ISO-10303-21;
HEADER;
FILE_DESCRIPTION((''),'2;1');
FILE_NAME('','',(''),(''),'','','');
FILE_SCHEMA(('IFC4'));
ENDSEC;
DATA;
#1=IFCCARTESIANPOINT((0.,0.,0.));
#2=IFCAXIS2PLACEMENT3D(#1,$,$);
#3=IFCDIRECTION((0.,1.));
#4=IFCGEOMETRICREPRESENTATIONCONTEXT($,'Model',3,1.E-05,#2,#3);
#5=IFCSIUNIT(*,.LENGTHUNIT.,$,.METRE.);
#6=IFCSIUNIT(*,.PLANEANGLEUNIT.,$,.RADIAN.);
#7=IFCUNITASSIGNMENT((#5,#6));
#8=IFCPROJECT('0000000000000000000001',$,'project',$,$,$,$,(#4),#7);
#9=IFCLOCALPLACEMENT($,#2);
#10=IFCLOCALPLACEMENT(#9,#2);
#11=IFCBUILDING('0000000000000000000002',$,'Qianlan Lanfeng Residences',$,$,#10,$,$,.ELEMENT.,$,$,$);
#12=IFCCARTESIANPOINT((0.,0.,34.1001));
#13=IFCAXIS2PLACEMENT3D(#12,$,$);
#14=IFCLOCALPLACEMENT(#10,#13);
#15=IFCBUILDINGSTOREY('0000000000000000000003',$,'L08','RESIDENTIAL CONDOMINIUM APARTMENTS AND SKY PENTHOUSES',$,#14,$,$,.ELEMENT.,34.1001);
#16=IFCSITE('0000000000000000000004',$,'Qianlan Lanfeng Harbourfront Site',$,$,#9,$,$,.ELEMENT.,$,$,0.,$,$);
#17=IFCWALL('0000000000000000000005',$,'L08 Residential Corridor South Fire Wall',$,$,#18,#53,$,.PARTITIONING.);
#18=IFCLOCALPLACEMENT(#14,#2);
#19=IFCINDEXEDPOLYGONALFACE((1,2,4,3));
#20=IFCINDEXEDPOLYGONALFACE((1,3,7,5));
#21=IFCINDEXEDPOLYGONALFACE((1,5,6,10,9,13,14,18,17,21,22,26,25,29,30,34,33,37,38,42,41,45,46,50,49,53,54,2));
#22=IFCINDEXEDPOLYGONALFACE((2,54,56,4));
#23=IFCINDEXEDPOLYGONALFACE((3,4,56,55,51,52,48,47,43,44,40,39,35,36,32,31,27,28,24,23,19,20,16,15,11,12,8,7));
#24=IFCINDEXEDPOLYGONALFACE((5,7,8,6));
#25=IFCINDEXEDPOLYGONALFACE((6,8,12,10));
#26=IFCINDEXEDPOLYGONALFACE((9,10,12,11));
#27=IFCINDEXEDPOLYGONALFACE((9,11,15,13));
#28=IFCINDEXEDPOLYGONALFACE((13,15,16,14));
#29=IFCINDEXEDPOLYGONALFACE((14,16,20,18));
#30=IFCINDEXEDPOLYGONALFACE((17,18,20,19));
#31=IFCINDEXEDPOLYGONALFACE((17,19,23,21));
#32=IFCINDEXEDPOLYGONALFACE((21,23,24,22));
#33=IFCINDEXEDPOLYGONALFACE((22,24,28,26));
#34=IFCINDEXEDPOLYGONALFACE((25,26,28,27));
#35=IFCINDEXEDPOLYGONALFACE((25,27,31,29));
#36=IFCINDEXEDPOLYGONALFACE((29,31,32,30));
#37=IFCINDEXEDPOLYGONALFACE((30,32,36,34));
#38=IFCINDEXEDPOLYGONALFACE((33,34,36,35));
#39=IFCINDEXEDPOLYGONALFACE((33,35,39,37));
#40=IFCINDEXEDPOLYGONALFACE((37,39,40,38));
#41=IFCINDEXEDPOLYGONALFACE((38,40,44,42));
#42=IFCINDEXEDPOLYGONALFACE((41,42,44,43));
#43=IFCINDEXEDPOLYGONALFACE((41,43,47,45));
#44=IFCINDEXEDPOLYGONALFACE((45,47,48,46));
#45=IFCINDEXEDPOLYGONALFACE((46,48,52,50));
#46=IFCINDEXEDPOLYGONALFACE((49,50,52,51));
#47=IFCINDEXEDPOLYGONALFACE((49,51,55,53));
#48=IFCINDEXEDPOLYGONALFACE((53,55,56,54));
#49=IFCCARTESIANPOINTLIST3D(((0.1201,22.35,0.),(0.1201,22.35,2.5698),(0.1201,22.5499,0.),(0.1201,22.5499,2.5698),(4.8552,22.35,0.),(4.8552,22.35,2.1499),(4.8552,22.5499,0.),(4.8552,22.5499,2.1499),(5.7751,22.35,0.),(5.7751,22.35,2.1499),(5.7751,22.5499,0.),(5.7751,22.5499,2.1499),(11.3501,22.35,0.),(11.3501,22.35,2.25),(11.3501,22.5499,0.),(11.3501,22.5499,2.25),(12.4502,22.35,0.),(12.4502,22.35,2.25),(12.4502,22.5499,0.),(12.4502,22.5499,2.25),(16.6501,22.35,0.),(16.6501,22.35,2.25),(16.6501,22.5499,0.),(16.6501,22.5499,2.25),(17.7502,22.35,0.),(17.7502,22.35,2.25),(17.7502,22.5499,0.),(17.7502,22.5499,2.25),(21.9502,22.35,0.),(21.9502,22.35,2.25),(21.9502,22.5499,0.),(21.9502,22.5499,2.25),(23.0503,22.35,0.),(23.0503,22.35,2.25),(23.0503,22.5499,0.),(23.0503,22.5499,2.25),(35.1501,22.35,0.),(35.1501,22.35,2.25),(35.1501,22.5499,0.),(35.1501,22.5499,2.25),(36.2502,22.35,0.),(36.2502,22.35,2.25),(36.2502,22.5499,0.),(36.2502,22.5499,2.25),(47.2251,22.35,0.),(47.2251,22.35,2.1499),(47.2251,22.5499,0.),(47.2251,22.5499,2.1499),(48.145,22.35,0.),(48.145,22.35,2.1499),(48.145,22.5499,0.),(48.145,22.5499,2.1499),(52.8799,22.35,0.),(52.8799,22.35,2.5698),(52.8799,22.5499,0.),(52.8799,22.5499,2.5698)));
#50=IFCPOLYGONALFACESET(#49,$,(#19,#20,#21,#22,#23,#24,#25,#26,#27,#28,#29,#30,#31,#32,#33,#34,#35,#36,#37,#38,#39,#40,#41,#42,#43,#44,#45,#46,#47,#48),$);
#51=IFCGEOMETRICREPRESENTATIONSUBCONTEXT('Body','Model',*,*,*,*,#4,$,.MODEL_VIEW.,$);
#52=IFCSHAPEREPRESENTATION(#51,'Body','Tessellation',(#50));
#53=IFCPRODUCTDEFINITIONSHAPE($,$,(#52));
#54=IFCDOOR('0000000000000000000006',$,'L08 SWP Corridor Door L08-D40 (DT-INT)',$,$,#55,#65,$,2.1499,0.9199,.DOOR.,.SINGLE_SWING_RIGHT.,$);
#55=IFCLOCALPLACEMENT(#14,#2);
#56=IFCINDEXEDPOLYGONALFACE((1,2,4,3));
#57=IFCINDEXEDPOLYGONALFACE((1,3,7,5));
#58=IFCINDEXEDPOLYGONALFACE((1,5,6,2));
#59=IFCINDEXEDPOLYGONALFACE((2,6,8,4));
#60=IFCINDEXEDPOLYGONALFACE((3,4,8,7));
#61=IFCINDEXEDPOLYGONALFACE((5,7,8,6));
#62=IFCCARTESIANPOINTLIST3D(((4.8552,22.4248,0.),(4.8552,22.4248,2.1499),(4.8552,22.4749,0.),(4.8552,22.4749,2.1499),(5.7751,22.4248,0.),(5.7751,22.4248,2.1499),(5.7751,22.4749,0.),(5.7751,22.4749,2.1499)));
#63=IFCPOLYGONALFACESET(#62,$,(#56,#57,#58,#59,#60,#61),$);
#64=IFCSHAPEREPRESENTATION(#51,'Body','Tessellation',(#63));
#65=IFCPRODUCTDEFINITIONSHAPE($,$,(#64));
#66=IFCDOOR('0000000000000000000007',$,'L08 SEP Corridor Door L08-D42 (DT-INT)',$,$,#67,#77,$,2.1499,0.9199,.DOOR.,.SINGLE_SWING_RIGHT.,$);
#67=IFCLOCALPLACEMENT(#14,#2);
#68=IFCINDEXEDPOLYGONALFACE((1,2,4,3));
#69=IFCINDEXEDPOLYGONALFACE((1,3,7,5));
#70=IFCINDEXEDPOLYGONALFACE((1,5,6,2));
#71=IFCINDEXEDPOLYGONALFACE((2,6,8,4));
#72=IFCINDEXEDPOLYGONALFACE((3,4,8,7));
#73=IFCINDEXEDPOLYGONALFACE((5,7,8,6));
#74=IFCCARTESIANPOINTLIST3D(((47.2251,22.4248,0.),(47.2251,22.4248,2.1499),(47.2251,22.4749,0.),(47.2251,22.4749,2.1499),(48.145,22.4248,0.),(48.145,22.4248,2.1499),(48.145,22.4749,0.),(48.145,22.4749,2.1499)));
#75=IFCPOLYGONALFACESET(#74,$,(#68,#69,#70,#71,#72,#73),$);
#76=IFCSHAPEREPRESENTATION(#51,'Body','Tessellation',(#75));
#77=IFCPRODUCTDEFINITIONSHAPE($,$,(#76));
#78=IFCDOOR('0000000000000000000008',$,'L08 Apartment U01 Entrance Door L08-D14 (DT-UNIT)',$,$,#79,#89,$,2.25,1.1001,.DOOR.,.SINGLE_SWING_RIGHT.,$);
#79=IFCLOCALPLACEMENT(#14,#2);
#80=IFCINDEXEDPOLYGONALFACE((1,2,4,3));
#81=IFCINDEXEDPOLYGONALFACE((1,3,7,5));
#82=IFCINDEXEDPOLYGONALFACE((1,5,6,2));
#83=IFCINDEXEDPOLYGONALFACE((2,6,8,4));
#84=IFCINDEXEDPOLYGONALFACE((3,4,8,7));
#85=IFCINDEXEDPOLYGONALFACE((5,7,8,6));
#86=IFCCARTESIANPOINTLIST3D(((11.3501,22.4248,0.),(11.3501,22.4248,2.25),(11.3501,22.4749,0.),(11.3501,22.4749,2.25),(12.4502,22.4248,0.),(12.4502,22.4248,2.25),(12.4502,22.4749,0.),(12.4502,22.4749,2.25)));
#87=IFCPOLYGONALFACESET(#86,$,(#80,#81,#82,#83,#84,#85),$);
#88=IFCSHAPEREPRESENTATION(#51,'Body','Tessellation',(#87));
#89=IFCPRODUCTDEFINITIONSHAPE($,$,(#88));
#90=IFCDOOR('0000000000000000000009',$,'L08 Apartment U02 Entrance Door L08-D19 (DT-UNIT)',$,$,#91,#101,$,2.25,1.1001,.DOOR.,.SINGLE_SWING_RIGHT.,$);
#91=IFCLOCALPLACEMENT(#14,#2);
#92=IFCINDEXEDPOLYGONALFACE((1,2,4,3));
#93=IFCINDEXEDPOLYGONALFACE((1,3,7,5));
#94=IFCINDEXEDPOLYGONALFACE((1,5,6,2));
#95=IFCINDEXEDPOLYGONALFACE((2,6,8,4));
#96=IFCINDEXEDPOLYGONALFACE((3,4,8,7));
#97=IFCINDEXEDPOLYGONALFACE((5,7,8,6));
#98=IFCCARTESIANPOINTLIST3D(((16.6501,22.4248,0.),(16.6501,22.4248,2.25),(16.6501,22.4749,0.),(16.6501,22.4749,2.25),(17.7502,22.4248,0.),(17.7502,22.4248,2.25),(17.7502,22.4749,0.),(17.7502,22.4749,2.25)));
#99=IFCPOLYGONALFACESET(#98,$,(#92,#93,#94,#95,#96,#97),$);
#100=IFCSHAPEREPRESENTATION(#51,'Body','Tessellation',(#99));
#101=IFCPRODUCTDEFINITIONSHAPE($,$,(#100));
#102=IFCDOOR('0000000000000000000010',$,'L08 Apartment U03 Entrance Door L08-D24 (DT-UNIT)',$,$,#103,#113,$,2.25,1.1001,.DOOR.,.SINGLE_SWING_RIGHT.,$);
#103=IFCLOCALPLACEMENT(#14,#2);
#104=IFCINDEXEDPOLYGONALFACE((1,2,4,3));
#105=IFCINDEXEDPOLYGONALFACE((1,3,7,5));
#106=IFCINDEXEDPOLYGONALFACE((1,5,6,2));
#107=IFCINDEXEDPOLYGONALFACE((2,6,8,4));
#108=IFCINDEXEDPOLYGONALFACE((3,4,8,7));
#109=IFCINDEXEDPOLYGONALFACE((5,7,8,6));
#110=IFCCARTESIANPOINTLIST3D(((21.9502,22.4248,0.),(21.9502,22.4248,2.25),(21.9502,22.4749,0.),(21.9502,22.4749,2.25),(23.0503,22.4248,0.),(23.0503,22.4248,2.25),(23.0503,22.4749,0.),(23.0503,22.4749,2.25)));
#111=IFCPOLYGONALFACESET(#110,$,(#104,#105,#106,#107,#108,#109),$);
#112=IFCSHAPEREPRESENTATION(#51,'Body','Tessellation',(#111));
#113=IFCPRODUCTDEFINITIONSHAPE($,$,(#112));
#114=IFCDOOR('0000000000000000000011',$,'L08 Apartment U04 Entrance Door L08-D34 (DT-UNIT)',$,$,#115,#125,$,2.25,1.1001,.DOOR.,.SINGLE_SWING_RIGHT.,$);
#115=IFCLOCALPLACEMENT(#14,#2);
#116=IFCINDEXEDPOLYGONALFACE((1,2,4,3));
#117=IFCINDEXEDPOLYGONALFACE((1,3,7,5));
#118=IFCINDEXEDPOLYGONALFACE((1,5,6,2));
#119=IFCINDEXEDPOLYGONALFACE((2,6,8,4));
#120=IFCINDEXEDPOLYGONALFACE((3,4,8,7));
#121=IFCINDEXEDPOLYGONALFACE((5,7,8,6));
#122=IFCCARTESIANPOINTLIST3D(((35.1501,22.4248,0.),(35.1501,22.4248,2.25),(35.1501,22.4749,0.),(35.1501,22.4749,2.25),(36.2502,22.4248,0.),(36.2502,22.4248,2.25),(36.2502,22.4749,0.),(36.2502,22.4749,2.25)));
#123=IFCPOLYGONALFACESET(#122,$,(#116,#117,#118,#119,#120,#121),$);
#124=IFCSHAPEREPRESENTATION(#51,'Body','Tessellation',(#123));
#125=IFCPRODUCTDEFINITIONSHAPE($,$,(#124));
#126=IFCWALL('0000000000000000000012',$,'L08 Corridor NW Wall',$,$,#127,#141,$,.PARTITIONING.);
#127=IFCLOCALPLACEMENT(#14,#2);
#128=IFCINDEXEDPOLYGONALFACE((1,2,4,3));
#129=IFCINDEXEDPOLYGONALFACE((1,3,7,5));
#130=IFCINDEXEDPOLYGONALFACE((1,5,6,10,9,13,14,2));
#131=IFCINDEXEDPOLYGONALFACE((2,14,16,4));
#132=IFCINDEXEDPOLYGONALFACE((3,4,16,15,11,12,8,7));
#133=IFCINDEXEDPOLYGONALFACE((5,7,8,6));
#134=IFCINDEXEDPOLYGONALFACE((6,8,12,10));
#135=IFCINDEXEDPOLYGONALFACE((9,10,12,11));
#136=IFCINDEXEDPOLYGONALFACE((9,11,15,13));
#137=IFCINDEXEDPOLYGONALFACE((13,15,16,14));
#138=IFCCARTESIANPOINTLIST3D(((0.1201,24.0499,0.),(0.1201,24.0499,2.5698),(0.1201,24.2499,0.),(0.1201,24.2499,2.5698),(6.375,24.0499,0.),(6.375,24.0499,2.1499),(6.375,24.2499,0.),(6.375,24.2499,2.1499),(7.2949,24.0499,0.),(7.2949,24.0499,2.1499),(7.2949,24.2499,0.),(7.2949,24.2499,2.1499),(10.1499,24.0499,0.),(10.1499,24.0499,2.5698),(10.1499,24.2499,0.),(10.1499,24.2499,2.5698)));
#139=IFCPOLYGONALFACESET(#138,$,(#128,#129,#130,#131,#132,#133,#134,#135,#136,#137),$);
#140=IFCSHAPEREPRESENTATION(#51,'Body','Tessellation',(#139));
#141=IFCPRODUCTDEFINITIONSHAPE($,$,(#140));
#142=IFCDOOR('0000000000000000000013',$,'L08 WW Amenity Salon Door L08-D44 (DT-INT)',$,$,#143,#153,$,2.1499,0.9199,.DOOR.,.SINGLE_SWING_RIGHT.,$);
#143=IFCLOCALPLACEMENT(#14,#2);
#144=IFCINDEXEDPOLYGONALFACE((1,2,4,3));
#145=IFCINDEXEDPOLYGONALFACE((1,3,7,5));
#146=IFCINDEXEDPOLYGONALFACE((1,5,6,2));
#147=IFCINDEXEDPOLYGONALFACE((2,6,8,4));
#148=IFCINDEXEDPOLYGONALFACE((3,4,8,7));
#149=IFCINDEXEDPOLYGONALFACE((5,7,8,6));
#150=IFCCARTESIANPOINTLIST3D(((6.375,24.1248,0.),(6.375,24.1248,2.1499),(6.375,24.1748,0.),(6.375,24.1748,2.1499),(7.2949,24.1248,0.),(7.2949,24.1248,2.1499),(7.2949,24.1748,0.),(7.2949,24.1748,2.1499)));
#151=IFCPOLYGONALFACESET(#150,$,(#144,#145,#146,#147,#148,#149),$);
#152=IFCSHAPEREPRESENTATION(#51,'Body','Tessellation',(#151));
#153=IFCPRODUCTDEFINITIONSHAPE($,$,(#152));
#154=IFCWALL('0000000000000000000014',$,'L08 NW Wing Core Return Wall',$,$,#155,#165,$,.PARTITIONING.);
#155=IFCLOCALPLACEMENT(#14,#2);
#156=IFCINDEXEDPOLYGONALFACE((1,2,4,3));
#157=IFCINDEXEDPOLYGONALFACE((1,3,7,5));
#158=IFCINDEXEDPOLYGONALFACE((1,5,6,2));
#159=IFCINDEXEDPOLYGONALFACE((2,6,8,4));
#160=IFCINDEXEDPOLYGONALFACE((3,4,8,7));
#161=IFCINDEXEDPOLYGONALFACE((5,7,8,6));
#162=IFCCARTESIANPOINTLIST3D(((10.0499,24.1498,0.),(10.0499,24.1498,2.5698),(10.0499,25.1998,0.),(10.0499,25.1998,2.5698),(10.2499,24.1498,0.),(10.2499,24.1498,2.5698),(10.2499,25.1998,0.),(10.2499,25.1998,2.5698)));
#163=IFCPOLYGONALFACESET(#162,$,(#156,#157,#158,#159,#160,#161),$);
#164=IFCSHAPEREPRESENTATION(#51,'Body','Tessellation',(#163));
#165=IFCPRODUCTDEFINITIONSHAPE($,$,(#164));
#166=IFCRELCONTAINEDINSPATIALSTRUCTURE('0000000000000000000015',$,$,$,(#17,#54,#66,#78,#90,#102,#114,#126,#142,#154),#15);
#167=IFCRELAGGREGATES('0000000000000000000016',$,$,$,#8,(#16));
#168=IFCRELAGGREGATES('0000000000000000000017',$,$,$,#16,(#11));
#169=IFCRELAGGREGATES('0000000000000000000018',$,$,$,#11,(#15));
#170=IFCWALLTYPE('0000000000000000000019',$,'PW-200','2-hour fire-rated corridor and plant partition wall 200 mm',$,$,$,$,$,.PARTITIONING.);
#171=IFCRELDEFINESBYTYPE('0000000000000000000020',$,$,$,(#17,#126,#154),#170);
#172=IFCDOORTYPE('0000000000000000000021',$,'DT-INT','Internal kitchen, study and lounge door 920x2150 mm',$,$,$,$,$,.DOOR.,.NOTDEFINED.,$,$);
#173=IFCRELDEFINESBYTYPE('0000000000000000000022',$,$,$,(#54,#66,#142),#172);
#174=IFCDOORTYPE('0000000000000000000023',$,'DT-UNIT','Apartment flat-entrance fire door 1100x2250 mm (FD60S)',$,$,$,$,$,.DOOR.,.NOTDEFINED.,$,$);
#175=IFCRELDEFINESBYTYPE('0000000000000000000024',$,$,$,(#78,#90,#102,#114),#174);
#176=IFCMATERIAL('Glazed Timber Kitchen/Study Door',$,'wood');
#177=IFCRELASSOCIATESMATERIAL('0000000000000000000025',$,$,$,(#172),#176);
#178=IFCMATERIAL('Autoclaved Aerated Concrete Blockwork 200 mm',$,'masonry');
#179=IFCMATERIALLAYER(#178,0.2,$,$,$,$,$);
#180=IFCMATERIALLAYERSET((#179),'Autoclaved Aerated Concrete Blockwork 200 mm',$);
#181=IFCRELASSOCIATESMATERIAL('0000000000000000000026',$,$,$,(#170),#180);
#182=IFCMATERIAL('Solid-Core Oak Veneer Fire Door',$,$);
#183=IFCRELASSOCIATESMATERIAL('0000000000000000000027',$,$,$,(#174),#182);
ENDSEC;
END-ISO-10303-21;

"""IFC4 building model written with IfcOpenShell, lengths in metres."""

from ifc_helpers import new_model, si_unit, direction, frame, frame_2d, origin, place, context, subcontext, project, spatial, rectangle, extrude, material, layer, layer_set, type_object, element, fill, save


model = new_model("IFC4")

# Units and contexts
model_context = context("Model", 3, precision=1e-05, world=origin(), true_north=direction((0.0, 1.0)))
body_context = subcontext(model_context, "Body", "Model", "MODEL_VIEW")
ifc_project = project(units=[si_unit("LENGTHUNIT", "METRE"), si_unit("PLANEANGLEUNIT", "RADIAN")], contexts=[model_context])

# Site, building, storey
site_placement = place(None, origin())
site = spatial("IfcSite", under=ifc_project, at=site_placement, Name="Qianlan Lanfeng Harbourfront Site", CompositionType="ELEMENT", RefElevation=0.0)
building_placement = place(site_placement, origin())
building = spatial("IfcBuilding", under=site, at=building_placement, Name="Qianlan Lanfeng Residences", CompositionType="ELEMENT")
storey_placement = place(building_placement, frame((0.0, 0.0, 34.1001)))
storey = spatial("IfcBuildingStorey", under=building, at=storey_placement, Name="L08", Description="RESIDENTIAL CONDOMINIUM APARTMENTS AND SKY PENTHOUSES", CompositionType="ELEMENT", Elevation=34.1001)

# Shared definitions
ifc_material_1 = material(Name="Glazed Timber Kitchen/Study Door", Category="wood")
door_type_1 = type_object("IfcDoorType", Name="DT-INT", Description="Internal kitchen, study and lounge door 920x2150 mm", OperationType="NOTDEFINED", PredefinedType="DOOR", material=ifc_material_1)

# Wall, openings, doors
ifc_material_2 = material(Name="Autoclaved Aerated Concrete Blockwork 200 mm", Category="masonry")
ifc_layer_1 = layer(ifc_material_2, 0.2)
ifc_layer_set_1 = layer_set([ifc_layer_1], Name="Autoclaved Aerated Concrete Blockwork 200 mm")
wall_type_1 = type_object("IfcWallType", Name="PW-200", Description="2-hour fire-rated corridor and plant partition wall 200 mm", PredefinedType="PARTITIONING", material=ifc_layer_set_1)
wall_1_placement = place(storey_placement, frame((0.1201, 22.45, 0.0), z_axis=(0.0, 0.0, 1.0), x_axis=(1.0, 0.0, 0.0)))
wall_1 = element("IfcWall", 1, at=wall_1_placement, inside=storey, type_object=wall_type_1, Name="L08 Residential Corridor South Fire Wall", PredefinedType="PARTITIONING", context=body_context, shape_type="SweptSolid", body=[
    extrude(rectangle(XDim=52.7598, YDim=0.2, at=frame_2d((26.3799, 0.0))), origin(), (0.0, 0.0, 1.0), 2.5698),
])
opening_1_placement = place(wall_1_placement, frame((11.23, 0.0, 0.0)))
opening_1 = element("IfcOpeningElement", 2, at=opening_1_placement, cuts=wall_1, PredefinedType="OPENING", context=body_context, shape_type="SweptSolid", body=[
    extrude(rectangle(XDim=1.1001, YDim=2.25, at=frame_2d((0.55, 1.125))), frame((0.0, 0.1099, 0.0), z_axis=(0.0, -1.0, 0.0), x_axis=(1.0, 0.0, 0.0)), (0.0, 0.0, 1.0), 0.22),
])
opening_2_placement = place(wall_1_placement, frame((16.53, 0.0, 0.0)))
opening_2 = element("IfcOpeningElement", 3, at=opening_2_placement, cuts=wall_1, PredefinedType="OPENING", context=body_context, shape_type="SweptSolid", body=[
    extrude(rectangle(XDim=1.1001, YDim=2.25, at=frame_2d((0.55, 1.125))), frame((0.0, 0.1099, 0.0), z_axis=(0.0, -1.0, 0.0), x_axis=(1.0, 0.0, 0.0)), (0.0, 0.0, 1.0), 0.22),
])
opening_3_placement = place(wall_1_placement, frame((21.8301, 0.0, 0.0)))
opening_3 = element("IfcOpeningElement", 4, at=opening_3_placement, cuts=wall_1, PredefinedType="OPENING", context=body_context, shape_type="SweptSolid", body=[
    extrude(rectangle(XDim=1.1001, YDim=2.25, at=frame_2d((0.55, 1.125))), frame((0.0, 0.1099, 0.0), z_axis=(0.0, -1.0, 0.0), x_axis=(1.0, 0.0, 0.0)), (0.0, 0.0, 1.0), 0.22),
])
opening_4_placement = place(wall_1_placement, frame((35.03, 0.0, 0.0)))
opening_4 = element("IfcOpeningElement", 5, at=opening_4_placement, cuts=wall_1, PredefinedType="OPENING", context=body_context, shape_type="SweptSolid", body=[
    extrude(rectangle(XDim=1.1001, YDim=2.25, at=frame_2d((0.55, 1.125))), frame((0.0, 0.1099, 0.0), z_axis=(0.0, -1.0, 0.0), x_axis=(1.0, 0.0, 0.0)), (0.0, 0.0, 1.0), 0.22),
])
opening_5_placement = place(wall_1_placement, frame((4.7351, 0.0, 0.0)))
opening_5 = element("IfcOpeningElement", 6, at=opening_5_placement, cuts=wall_1, PredefinedType="OPENING", context=body_context, shape_type="SweptSolid", body=[
    extrude(rectangle(XDim=0.9199, YDim=2.1499, at=frame_2d((0.46, 1.075))), frame((0.0, 0.1099, 0.0), z_axis=(0.0, -1.0, 0.0), x_axis=(1.0, 0.0, 0.0)), (0.0, 0.0, 1.0), 0.22),
])
opening_6_placement = place(wall_1_placement, frame((47.105, 0.0, 0.0)))
opening_6 = element("IfcOpeningElement", 7, at=opening_6_placement, cuts=wall_1, PredefinedType="OPENING", context=body_context, shape_type="SweptSolid", body=[
    extrude(rectangle(XDim=0.9199, YDim=2.1499, at=frame_2d((0.46, 1.075))), frame((0.0, 0.1099, 0.0), z_axis=(0.0, -1.0, 0.0), x_axis=(1.0, 0.0, 0.0)), (0.0, 0.0, 1.0), 0.22),
])
door_1_placement = place(opening_5_placement, origin())
door_1 = element("IfcDoor", 8, at=door_1_placement, inside=storey, type_object=door_type_1, Name="L08 SWP Corridor Door L08-D40 (DT-INT)", OperationType="SINGLE_SWING_RIGHT", OverallHeight=2.1499, OverallWidth=0.9199, PredefinedType="DOOR", context=body_context, shape_type="SweptSolid", body=[
    extrude(rectangle(XDim=0.9199, YDim=2.1499, at=frame_2d((0.46, 1.075))), frame((0.0, 0.0249, 0.0), z_axis=(0.0, -1.0, 0.0), x_axis=(1.0, 0.0, 0.0)), (0.0, 0.0, 1.0), 0.05),
])
fill(opening_5, door_1)
door_2_placement = place(opening_6_placement, origin())
door_2 = element("IfcDoor", 9, at=door_2_placement, inside=storey, type_object=door_type_1, Name="L08 SEP Corridor Door L08-D42 (DT-INT)", OperationType="SINGLE_SWING_RIGHT", OverallHeight=2.1499, OverallWidth=0.9199, PredefinedType="DOOR", context=body_context, shape_type="SweptSolid", body=[
    extrude(rectangle(XDim=0.9199, YDim=2.1499, at=frame_2d((0.46, 1.075))), frame((0.0, 0.0249, 0.0), z_axis=(0.0, -1.0, 0.0), x_axis=(1.0, 0.0, 0.0)), (0.0, 0.0, 1.0), 0.05),
])
fill(opening_6, door_2)
ifc_material_3 = material(Name="Solid-Core Oak Veneer Fire Door")
door_type_2 = type_object("IfcDoorType", Name="DT-UNIT", Description="Apartment flat-entrance fire door 1100x2250 mm (FD60S)", OperationType="NOTDEFINED", PredefinedType="DOOR", material=ifc_material_3)
door_3_placement = place(opening_1_placement, origin())
door_3 = element("IfcDoor", 10, at=door_3_placement, inside=storey, type_object=door_type_2, Name="L08 Apartment U01 Entrance Door L08-D14 (DT-UNIT)", OperationType="SINGLE_SWING_RIGHT", OverallHeight=2.25, OverallWidth=1.1001, PredefinedType="DOOR", context=body_context, shape_type="SweptSolid", body=[
    extrude(rectangle(XDim=1.1001, YDim=2.25, at=frame_2d((0.55, 1.125))), frame((0.0, 0.0249, 0.0), z_axis=(0.0, -1.0, 0.0), x_axis=(1.0, 0.0, 0.0)), (0.0, 0.0, 1.0), 0.05),
])
fill(opening_1, door_3)
door_4_placement = place(opening_2_placement, origin())
door_4 = element("IfcDoor", 11, at=door_4_placement, inside=storey, type_object=door_type_2, Name="L08 Apartment U02 Entrance Door L08-D19 (DT-UNIT)", OperationType="SINGLE_SWING_RIGHT", OverallHeight=2.25, OverallWidth=1.1001, PredefinedType="DOOR", context=body_context, shape_type="SweptSolid", body=[
    extrude(rectangle(XDim=1.1001, YDim=2.25, at=frame_2d((0.55, 1.125))), frame((0.0, 0.0249, 0.0), z_axis=(0.0, -1.0, 0.0), x_axis=(1.0, 0.0, 0.0)), (0.0, 0.0, 1.0), 0.05),
])
fill(opening_2, door_4)
door_5_placement = place(opening_3_placement, origin())
door_5 = element("IfcDoor", 12, at=door_5_placement, inside=storey, type_object=door_type_2, Name="L08 Apartment U03 Entrance Door L08-D24 (DT-UNIT)", OperationType="SINGLE_SWING_RIGHT", OverallHeight=2.25, OverallWidth=1.1001, PredefinedType="DOOR", context=body_context, shape_type="SweptSolid", body=[
    extrude(rectangle(XDim=1.1001, YDim=2.25, at=frame_2d((0.55, 1.125))), frame((0.0, 0.0249, 0.0), z_axis=(0.0, -1.0, 0.0), x_axis=(1.0, 0.0, 0.0)), (0.0, 0.0, 1.0), 0.05),
])
fill(opening_3, door_5)
door_6_placement = place(opening_4_placement, origin())
door_6 = element("IfcDoor", 13, at=door_6_placement, inside=storey, type_object=door_type_2, Name="L08 Apartment U04 Entrance Door L08-D34 (DT-UNIT)", OperationType="SINGLE_SWING_RIGHT", OverallHeight=2.25, OverallWidth=1.1001, PredefinedType="DOOR", context=body_context, shape_type="SweptSolid", body=[
    extrude(rectangle(XDim=1.1001, YDim=2.25, at=frame_2d((0.55, 1.125))), frame((0.0, 0.0249, 0.0), z_axis=(0.0, -1.0, 0.0), x_axis=(1.0, 0.0, 0.0)), (0.0, 0.0, 1.0), 0.05),
])
fill(opening_4, door_6)

# Wall, opening, door
wall_2_placement = place(storey_placement, frame((0.1201, 24.1499, 0.0), z_axis=(0.0, 0.0, 1.0), x_axis=(1.0, 0.0, 0.0)))
wall_2 = element("IfcWall", 14, at=wall_2_placement, inside=storey, type_object=wall_type_1, Name="L08 Corridor NW Wall", PredefinedType="PARTITIONING", context=body_context, shape_type="SweptSolid", body=[
    extrude(rectangle(XDim=10.0298, YDim=0.2, at=frame_2d((5.0149, 0.0))), origin(), (0.0, 0.0, 1.0), 2.5698),
])
opening_7_placement = place(wall_2_placement, frame((6.2549, 0.0, 0.0)))
opening_7 = element("IfcOpeningElement", 15, at=opening_7_placement, cuts=wall_2, PredefinedType="OPENING", context=body_context, shape_type="SweptSolid", body=[
    extrude(rectangle(XDim=0.9199, YDim=2.1499, at=frame_2d((0.46, 1.075))), frame((0.0, 0.1099, 0.0), z_axis=(0.0, -1.0, 0.0), x_axis=(1.0, 0.0, 0.0)), (0.0, 0.0, 1.0), 0.22),
])
door_7_placement = place(opening_7_placement, origin())
door_7 = element("IfcDoor", 16, at=door_7_placement, inside=storey, type_object=door_type_1, Name="L08 WW Amenity Salon Door L08-D44 (DT-INT)", OperationType="SINGLE_SWING_RIGHT", OverallHeight=2.1499, OverallWidth=0.9199, PredefinedType="DOOR", context=body_context, shape_type="SweptSolid", body=[
    extrude(rectangle(XDim=0.9199, YDim=2.1499, at=frame_2d((0.46, 1.075))), frame((0.0, 0.0249, 0.0), z_axis=(0.0, -1.0, 0.0), x_axis=(1.0, 0.0, 0.0)), (0.0, 0.0, 1.0), 0.05),
])
fill(opening_7, door_7)

# Wall
wall_3_placement = place(storey_placement, frame((10.1499, 24.1499, 0.0), z_axis=(0.0, 0.0, 1.0), x_axis=(0.0, 1.0, 0.0)))
element("IfcWall", 17, at=wall_3_placement, inside=storey, type_object=wall_type_1, Name="L08 NW Wing Core Return Wall", PredefinedType="PARTITIONING", context=body_context, shape_type="SweptSolid", body=[
    extrude(rectangle(XDim=1.05, YDim=0.2, at=frame_2d((0.5249, 0.0))), origin(), (0.0, 0.0, 1.0), 2.5698),
])

save(model, "model.ifc")
